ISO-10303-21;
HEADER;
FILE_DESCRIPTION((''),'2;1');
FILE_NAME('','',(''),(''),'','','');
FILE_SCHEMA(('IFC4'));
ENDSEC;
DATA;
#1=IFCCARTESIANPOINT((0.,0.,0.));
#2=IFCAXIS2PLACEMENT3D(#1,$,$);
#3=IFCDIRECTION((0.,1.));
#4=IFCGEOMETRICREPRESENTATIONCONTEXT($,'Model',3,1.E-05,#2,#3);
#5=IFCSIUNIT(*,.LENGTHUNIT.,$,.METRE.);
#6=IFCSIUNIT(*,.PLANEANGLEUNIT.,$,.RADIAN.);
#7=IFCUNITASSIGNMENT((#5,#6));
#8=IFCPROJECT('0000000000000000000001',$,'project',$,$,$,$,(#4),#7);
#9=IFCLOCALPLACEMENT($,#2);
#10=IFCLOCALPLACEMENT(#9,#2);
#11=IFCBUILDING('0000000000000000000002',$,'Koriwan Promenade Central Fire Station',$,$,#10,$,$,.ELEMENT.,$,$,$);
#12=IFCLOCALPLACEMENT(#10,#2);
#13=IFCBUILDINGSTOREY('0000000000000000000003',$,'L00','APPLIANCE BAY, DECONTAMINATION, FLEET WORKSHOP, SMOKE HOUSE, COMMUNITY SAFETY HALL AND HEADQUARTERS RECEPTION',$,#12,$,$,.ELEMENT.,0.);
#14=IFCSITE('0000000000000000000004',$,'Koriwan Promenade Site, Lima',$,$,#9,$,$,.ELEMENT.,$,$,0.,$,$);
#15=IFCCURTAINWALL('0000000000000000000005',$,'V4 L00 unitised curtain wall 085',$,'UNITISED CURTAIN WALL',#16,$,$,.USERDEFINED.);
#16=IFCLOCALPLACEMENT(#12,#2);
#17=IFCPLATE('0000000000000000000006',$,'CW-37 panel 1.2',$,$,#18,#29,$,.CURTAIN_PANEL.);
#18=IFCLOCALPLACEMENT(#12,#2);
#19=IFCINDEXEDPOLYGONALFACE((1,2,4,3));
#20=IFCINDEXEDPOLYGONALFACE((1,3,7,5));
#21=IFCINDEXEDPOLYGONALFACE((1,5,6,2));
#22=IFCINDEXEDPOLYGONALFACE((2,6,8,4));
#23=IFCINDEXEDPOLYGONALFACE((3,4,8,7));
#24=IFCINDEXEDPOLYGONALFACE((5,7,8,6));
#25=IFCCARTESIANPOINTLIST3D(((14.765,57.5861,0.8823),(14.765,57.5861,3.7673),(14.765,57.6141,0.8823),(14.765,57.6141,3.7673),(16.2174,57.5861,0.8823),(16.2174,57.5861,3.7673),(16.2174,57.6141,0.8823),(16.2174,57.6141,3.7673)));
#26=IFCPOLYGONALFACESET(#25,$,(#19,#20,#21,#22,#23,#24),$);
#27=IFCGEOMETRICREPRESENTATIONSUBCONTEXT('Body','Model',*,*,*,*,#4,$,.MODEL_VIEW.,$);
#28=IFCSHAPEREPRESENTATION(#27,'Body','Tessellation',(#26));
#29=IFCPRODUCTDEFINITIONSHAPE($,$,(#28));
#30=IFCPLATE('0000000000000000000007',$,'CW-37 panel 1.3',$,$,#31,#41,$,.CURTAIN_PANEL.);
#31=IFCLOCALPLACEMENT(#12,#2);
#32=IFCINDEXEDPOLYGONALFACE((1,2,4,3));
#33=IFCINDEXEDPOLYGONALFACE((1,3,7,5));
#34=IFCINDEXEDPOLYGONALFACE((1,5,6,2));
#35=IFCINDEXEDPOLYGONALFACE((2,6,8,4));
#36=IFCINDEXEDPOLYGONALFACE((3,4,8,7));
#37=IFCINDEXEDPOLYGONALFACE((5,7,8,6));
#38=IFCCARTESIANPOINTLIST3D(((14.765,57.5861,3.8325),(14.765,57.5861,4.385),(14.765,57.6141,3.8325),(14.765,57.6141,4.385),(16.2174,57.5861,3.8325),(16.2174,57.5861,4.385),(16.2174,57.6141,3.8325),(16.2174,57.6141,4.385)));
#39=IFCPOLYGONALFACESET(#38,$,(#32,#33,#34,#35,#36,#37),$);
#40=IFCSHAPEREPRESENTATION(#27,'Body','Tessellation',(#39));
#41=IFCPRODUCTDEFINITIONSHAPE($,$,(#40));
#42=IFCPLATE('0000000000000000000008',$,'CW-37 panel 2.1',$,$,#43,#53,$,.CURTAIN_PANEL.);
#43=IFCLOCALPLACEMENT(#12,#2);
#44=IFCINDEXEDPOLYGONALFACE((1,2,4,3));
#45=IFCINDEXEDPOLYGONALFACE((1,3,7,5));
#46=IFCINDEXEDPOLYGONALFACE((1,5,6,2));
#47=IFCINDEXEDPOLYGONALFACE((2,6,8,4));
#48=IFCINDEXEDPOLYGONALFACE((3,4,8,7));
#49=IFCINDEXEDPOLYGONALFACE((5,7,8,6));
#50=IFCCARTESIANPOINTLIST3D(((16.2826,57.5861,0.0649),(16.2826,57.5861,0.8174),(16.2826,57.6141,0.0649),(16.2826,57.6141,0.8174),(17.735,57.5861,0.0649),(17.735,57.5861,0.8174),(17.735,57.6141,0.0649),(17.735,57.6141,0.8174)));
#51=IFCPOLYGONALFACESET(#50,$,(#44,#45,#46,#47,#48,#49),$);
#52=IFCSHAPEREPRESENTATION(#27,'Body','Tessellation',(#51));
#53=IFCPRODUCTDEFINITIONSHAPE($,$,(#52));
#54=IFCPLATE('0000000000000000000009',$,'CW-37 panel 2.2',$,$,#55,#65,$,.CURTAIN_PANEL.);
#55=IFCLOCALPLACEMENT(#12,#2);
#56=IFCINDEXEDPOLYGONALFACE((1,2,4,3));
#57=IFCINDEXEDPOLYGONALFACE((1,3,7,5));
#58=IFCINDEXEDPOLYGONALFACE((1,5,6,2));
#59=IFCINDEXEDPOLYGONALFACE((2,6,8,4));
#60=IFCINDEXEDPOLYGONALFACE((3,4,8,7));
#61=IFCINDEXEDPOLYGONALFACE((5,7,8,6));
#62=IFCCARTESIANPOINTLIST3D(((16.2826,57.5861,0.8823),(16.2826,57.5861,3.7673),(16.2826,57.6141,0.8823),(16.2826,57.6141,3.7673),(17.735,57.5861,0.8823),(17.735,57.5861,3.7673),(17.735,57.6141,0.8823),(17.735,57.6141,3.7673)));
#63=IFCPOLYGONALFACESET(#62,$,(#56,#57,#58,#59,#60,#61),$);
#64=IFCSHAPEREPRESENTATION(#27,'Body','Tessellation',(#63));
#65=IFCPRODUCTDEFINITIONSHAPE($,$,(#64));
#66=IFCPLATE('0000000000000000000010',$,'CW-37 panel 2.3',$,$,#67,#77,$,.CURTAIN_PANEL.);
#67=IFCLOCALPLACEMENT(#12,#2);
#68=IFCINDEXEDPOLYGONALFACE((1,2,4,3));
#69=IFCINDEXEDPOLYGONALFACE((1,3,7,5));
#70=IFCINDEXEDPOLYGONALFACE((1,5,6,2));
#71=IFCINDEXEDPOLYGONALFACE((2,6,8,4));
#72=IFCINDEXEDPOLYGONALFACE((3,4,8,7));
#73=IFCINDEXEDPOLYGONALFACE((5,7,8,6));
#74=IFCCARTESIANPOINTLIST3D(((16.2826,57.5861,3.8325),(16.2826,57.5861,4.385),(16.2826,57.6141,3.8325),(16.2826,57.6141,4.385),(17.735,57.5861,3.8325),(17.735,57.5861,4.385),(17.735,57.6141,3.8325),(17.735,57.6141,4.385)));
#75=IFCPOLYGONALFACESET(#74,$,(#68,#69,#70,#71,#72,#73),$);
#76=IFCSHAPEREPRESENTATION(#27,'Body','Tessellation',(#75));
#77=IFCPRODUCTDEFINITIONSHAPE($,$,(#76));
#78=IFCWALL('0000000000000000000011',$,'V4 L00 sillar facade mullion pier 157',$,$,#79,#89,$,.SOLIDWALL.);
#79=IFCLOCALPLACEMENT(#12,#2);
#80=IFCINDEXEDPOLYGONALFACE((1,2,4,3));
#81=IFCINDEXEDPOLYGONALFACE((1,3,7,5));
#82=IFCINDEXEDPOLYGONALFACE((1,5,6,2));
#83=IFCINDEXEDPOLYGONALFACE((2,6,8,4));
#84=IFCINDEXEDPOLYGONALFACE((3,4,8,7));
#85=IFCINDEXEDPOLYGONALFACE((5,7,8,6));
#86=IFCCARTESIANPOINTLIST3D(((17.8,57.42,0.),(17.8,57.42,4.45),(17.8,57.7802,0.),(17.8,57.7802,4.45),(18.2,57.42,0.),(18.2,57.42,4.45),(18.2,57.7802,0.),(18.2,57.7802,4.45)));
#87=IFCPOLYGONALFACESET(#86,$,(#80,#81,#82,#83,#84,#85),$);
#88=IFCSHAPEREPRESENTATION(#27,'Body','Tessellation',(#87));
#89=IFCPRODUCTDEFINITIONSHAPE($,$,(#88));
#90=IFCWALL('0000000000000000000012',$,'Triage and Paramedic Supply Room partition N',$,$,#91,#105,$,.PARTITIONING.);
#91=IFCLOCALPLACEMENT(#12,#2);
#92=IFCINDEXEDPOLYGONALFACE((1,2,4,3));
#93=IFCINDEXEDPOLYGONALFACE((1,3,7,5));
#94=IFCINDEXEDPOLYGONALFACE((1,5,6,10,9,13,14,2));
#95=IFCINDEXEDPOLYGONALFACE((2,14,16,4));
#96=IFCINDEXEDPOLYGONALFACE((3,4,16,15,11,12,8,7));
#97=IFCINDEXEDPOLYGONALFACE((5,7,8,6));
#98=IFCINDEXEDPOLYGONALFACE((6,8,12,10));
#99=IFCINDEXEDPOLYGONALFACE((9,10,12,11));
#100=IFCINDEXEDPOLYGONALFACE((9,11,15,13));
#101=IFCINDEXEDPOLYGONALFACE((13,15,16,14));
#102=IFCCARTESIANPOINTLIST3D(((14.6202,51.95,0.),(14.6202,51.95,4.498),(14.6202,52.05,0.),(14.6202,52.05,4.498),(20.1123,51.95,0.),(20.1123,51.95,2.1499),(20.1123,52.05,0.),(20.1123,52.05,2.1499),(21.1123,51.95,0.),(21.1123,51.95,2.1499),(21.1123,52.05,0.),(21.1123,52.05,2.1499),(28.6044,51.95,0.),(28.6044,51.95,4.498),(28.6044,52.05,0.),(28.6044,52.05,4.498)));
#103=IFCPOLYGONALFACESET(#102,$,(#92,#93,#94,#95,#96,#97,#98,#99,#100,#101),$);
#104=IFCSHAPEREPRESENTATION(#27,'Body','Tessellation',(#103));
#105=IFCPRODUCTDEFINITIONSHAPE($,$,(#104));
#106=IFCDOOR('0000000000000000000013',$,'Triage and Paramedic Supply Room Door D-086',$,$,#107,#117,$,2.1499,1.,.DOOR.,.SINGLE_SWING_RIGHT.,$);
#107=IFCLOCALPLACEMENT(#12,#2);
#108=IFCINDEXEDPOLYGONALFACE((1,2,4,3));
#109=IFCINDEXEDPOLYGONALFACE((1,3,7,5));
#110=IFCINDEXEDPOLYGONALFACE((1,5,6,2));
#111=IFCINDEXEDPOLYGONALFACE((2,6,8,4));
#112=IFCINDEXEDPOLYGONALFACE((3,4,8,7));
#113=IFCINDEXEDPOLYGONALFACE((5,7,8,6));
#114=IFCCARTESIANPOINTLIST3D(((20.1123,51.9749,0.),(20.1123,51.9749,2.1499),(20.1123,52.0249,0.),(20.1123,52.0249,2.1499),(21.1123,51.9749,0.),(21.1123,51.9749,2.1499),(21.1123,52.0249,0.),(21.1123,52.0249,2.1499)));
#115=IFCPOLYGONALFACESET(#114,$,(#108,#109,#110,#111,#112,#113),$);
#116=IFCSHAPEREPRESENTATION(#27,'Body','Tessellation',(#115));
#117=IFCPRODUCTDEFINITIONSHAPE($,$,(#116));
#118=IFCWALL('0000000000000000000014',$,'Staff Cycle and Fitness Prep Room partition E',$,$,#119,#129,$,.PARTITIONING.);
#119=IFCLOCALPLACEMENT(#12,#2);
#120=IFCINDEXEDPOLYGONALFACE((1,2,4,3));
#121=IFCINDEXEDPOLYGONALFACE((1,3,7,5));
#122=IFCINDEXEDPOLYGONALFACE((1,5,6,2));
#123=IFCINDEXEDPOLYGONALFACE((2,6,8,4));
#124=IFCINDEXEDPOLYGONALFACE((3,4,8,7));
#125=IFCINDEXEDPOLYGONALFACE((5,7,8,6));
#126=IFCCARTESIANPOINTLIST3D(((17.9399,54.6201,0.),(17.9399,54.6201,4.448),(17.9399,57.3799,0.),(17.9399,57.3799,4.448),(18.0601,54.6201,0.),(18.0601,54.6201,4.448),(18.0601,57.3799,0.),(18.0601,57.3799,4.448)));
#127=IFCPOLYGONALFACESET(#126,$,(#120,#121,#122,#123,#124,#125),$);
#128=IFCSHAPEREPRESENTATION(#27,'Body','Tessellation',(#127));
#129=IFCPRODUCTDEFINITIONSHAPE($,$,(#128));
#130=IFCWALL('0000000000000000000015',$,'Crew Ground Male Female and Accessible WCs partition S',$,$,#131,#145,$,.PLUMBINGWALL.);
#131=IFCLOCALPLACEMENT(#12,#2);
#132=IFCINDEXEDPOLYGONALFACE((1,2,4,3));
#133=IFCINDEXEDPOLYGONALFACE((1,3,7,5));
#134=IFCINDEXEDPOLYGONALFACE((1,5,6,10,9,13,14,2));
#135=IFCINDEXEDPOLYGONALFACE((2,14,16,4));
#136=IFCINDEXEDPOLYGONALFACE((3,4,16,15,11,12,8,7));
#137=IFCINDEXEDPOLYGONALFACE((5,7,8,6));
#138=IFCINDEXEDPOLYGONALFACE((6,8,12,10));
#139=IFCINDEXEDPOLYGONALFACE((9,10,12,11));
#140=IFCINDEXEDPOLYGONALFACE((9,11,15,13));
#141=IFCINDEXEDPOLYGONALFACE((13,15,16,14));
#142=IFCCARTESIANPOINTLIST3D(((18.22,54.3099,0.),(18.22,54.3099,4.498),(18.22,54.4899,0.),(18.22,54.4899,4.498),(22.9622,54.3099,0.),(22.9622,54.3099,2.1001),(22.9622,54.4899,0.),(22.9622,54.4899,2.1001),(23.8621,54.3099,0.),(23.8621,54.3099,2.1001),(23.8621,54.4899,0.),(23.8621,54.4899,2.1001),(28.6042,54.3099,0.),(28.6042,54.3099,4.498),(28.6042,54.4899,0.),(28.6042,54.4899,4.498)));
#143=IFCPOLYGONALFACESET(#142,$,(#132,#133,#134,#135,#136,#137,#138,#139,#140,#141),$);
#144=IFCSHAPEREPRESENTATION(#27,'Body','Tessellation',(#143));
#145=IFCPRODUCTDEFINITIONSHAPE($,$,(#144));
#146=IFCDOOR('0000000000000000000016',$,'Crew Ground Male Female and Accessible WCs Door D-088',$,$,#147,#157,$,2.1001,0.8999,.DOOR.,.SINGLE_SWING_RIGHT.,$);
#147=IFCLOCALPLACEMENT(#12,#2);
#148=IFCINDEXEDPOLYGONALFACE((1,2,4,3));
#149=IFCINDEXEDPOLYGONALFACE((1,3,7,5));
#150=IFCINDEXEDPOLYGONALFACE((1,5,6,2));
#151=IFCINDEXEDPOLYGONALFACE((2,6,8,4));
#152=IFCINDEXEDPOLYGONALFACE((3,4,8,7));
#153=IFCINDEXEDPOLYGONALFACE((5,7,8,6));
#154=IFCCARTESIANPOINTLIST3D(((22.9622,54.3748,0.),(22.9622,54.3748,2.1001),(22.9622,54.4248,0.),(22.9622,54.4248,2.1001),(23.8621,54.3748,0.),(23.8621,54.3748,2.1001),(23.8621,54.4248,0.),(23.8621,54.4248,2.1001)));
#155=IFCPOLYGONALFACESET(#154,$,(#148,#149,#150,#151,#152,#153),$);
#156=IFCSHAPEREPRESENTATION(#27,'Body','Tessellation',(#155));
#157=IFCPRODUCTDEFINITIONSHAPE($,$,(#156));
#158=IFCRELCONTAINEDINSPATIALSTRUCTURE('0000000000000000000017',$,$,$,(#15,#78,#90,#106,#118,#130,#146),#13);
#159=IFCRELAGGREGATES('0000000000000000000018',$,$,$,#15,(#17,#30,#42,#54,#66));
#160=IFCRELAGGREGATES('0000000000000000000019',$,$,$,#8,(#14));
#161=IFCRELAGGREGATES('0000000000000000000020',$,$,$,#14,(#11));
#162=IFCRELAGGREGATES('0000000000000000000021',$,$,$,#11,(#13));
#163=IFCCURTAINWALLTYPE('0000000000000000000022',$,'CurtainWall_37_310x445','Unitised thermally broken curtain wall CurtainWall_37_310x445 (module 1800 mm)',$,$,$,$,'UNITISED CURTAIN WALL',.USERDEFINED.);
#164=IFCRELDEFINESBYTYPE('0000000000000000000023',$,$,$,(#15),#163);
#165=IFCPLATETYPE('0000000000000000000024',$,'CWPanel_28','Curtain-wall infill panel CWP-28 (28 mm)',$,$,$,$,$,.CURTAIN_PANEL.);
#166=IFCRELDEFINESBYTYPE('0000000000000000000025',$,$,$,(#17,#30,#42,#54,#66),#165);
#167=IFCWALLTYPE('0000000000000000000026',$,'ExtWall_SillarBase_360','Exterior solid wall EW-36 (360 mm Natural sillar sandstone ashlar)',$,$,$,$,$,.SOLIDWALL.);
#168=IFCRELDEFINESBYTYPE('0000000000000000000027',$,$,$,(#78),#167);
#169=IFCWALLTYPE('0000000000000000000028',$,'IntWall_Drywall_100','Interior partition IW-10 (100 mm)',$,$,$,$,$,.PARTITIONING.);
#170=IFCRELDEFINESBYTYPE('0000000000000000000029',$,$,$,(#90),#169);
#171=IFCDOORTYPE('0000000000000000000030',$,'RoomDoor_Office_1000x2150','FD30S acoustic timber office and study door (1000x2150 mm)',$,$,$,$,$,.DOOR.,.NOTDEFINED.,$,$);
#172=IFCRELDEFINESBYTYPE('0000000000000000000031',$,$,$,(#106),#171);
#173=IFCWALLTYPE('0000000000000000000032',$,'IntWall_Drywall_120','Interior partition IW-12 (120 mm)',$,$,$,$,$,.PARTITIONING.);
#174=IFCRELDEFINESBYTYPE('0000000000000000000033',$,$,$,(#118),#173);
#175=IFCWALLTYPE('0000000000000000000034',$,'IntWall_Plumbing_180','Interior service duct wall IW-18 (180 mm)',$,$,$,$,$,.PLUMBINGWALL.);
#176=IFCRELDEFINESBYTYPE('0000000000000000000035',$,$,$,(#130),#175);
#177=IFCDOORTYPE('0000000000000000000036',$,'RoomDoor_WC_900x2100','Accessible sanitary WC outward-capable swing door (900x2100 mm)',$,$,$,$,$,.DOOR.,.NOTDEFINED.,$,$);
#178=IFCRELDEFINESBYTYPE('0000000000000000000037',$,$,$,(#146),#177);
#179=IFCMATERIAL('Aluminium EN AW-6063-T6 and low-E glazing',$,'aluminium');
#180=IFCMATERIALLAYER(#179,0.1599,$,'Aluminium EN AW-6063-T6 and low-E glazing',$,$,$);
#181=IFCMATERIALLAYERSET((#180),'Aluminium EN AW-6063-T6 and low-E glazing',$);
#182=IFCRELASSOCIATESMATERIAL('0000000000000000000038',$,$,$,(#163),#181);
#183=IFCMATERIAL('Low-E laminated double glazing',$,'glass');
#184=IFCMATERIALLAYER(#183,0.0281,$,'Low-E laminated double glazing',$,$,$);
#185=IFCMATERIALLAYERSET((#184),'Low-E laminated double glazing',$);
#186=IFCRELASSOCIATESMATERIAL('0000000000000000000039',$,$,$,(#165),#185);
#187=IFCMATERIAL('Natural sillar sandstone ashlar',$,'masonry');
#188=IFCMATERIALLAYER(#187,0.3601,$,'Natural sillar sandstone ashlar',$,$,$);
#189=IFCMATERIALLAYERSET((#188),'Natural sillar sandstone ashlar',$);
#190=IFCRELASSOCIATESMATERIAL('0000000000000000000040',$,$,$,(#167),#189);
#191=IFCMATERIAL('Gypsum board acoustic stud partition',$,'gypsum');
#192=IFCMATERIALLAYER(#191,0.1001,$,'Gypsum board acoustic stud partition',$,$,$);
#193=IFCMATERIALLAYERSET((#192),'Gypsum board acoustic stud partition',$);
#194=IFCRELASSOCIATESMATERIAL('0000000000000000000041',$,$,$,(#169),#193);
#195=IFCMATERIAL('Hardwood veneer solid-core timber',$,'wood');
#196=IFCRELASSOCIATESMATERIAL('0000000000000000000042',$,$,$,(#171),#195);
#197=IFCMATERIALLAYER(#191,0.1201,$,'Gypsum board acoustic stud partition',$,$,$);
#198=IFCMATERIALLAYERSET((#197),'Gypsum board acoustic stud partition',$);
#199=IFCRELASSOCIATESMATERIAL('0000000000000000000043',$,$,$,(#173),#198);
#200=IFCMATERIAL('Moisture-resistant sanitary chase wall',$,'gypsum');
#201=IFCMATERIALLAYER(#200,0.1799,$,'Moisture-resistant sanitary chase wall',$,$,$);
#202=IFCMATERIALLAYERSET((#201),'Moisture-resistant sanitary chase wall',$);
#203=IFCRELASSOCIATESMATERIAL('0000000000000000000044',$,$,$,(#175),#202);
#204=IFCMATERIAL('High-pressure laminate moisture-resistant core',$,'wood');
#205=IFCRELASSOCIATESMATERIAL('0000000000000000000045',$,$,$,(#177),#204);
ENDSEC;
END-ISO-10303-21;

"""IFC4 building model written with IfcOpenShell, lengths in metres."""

from ifc_helpers import new_model, si_unit, direction, frame, frame_2d, origin, origin_2d, place, context, subcontext, project, spatial, rectangle, extrude, material, layer, layer_set, type_object, element, fill, aggregate, save


model = new_model("IFC4")

# Units and contexts
model_context = context("Model", 3, precision=1e-05, world=origin(), true_north=direction((0.0, 1.0)))
body_context = subcontext(model_context, "Body", "Model", "MODEL_VIEW")
ifc_project = project(units=[si_unit("LENGTHUNIT", "METRE"), si_unit("PLANEANGLEUNIT", "RADIAN")], contexts=[model_context])

# Site, building, storey
site_placement = place(None, origin())
site = spatial("IfcSite", under=ifc_project, at=site_placement, Name="Koriwan Promenade Site, Lima", CompositionType="ELEMENT", RefElevation=0.0)
building_placement = place(site_placement, origin())
building = spatial("IfcBuilding", under=site, at=building_placement, Name="Koriwan Promenade Central Fire Station", CompositionType="ELEMENT")
storey_placement = place(building_placement, origin())
storey = spatial("IfcBuildingStorey", under=building, at=storey_placement, Name="L00", Description="APPLIANCE BAY, DECONTAMINATION, FLEET WORKSHOP, SMOKE HOUSE, COMMUNITY SAFETY HALL AND HEADQUARTERS RECEPTION", CompositionType="ELEMENT", Elevation=0.0)

# Curtain wall
ifc_material_1 = material(Name="Aluminium EN AW-6063-T6 and low-E glazing", Category="aluminium")
ifc_layer_1 = layer(ifc_material_1, 0.1599, Name="Aluminium EN AW-6063-T6 and low-E glazing")
ifc_layer_set_1 = layer_set([ifc_layer_1], Name="Aluminium EN AW-6063-T6 and low-E glazing")
curtain_wall_type_1 = type_object("IfcCurtainWallType", Name="CurtainWall_37_310x445", Description="Unitised thermally broken curtain wall CurtainWall_37_310x445 (module 1800 mm)", ElementType="UNITISED CURTAIN WALL", PredefinedType="USERDEFINED", material=ifc_layer_set_1)
curtain_wall_1_placement = place(storey_placement, origin())
curtain_wall_1 = element("IfcCurtainWall", 1, at=curtain_wall_1_placement, inside=storey, type_object=curtain_wall_type_1, Name="V4 L00 unitised curtain wall 085", ObjectType="UNITISED CURTAIN WALL", PredefinedType="USERDEFINED")

# Plates
ifc_material_2 = material(Name="Low-E laminated double glazing", Category="glass")
ifc_layer_2 = layer(ifc_material_2, 0.0281, Name="Low-E laminated double glazing")
ifc_layer_set_2 = layer_set([ifc_layer_2], Name="Low-E laminated double glazing")
plate_type = type_object("IfcPlateType", Name="CWPanel_28", Description="Curtain-wall infill panel CWP-28 (28 mm)", PredefinedType="CURTAIN_PANEL", material=ifc_layer_set_2)
plate_1_placement = place(storey_placement, frame((15.4912, 57.6001, 0.8823), z_axis=(0.0, 0.0, 1.0), x_axis=(1.0, 0.0, 0.0)))
plate_1 = element("IfcPlate", 2, at=plate_1_placement, type_object=plate_type, Name="CW-37 panel 1.2", PredefinedType="CURTAIN_PANEL", context=body_context, shape_type="SweptSolid", body=[
    extrude(rectangle(XDim=1.4524, YDim=0.0281, at=origin_2d()), origin(), (0.0, 0.0, 1.0), 2.885),
])
plate_2_placement = place(storey_placement, frame((15.4912, 57.6001, 3.8325), z_axis=(0.0, 0.0, 1.0), x_axis=(1.0, 0.0, 0.0)))
plate_2 = element("IfcPlate", 3, at=plate_2_placement, type_object=plate_type, Name="CW-37 panel 1.3", PredefinedType="CURTAIN_PANEL", context=body_context, shape_type="SweptSolid", body=[
    extrude(rectangle(XDim=1.4524, YDim=0.0281, at=origin_2d()), origin(), (0.0, 0.0, 1.0), 0.5525),
])
plate_3_placement = place(storey_placement, frame((17.0088, 57.6001, 0.0649), z_axis=(0.0, 0.0, 1.0), x_axis=(1.0, 0.0, 0.0)))
plate_3 = element("IfcPlate", 4, at=plate_3_placement, type_object=plate_type, Name="CW-37 panel 2.1", PredefinedType="CURTAIN_PANEL", context=body_context, shape_type="SweptSolid", body=[
    extrude(rectangle(XDim=1.4524, YDim=0.0281, at=origin_2d()), origin(), (0.0, 0.0, 1.0), 0.7524),
])
plate_4_placement = place(storey_placement, frame((17.0088, 57.6001, 0.8823), z_axis=(0.0, 0.0, 1.0), x_axis=(1.0, 0.0, 0.0)))
plate_4 = element("IfcPlate", 5, at=plate_4_placement, type_object=plate_type, Name="CW-37 panel 2.2", PredefinedType="CURTAIN_PANEL", context=body_context, shape_type="SweptSolid", body=[
    extrude(rectangle(XDim=1.4524, YDim=0.0281, at=origin_2d()), origin(), (0.0, 0.0, 1.0), 2.885),
])
plate_5_placement = place(storey_placement, frame((17.0088, 57.6001, 3.8325), z_axis=(0.0, 0.0, 1.0), x_axis=(1.0, 0.0, 0.0)))
plate_5 = element("IfcPlate", 6, at=plate_5_placement, type_object=plate_type, Name="CW-37 panel 2.3", PredefinedType="CURTAIN_PANEL", context=body_context, shape_type="SweptSolid", body=[
    extrude(rectangle(XDim=1.4524, YDim=0.0281, at=origin_2d()), origin(), (0.0, 0.0, 1.0), 0.5525),
])
aggregate(curtain_wall_1, [plate_1, plate_2, plate_3, plate_4, plate_5])

# Wall
ifc_material_3 = material(Name="Natural sillar sandstone ashlar", Category="masonry")
ifc_layer_3 = layer(ifc_material_3, 0.3601, Name="Natural sillar sandstone ashlar")
ifc_layer_set_3 = layer_set([ifc_layer_3], Name="Natural sillar sandstone ashlar")
wall_type_1 = type_object("IfcWallType", Name="ExtWall_SillarBase_360", Description="Exterior solid wall EW-36 (360 mm Natural sillar sandstone ashlar)", PredefinedType="SOLIDWALL", material=ifc_layer_set_3)
wall_1_placement = place(storey_placement, frame((17.8, 57.6001, 0.0), z_axis=(0.0, 0.0, 1.0), x_axis=(1.0, 0.0, 0.0)))
element("IfcWall", 7, at=wall_1_placement, inside=storey, type_object=wall_type_1, Name="V4 L00 sillar facade mullion pier 157", PredefinedType="SOLIDWALL", context=body_context, shape_type="SweptSolid", body=[
    extrude(rectangle(XDim=0.3999, YDim=0.3601, at=frame_2d((0.2, 0.0))), origin(), (0.0, 0.0, 1.0), 4.45),
])

# Wall, opening, door
ifc_material_4 = material(Name="Gypsum board acoustic stud partition", Category="gypsum")
ifc_layer_4 = layer(ifc_material_4, 0.1001, Name="Gypsum board acoustic stud partition")
ifc_layer_set_4 = layer_set([ifc_layer_4], Name="Gypsum board acoustic stud partition")
wall_type_2 = type_object("IfcWallType", Name="IntWall_Drywall_100", Description="Interior partition IW-10 (100 mm)", PredefinedType="PARTITIONING", material=ifc_layer_set_4)
wall_2_placement = place(storey_placement, frame((14.6201, 52.0, 0.0), z_axis=(0.0, 0.0, 1.0), x_axis=(1.0, 0.0, 0.0)))
wall_2 = element("IfcWall", 8, at=wall_2_placement, inside=storey, type_object=wall_type_2, Name="Triage and Paramedic Supply Room partition N", PredefinedType="PARTITIONING", context=body_context, shape_type="SweptSolid", body=[
    extrude(rectangle(XDim=13.9841, YDim=0.1001, at=frame_2d((6.9922, 0.0))), origin(), (0.0, 0.0, 1.0), 4.498),
])
opening_1_placement = place(wall_2_placement, frame((5.4922, 0.0, 0.0)))
opening_1 = element("IfcOpeningElement", 9, at=opening_1_placement, cuts=wall_2, PredefinedType="OPENING", context=body_context, shape_type="SweptSolid", body=[
    extrude(rectangle(XDim=1.0, YDim=2.1499, at=frame_2d((0.5, 1.075))), frame((0.0, 0.062, 0.0), z_axis=(0.0, -1.0, 0.0), x_axis=(1.0, 0.0, 0.0)), (0.0, 0.0, 1.0), 0.124),
])
ifc_material_5 = material(Name="Hardwood veneer solid-core timber", Category="wood")
door_type_1 = type_object("IfcDoorType", Name="RoomDoor_Office_1000x2150", Description="FD30S acoustic timber office and study door (1000x2150 mm)", OperationType="NOTDEFINED", PredefinedType="DOOR", material=ifc_material_5)
door_1_placement = place(opening_1_placement, origin())
door_1 = element("IfcDoor", 10, at=door_1_placement, inside=storey, type_object=door_type_1, Name="Triage and Paramedic Supply Room Door D-086", OperationType="SINGLE_SWING_RIGHT", OverallHeight=2.1499, OverallWidth=1.0, PredefinedType="DOOR", context=body_context, shape_type="SweptSolid", body=[
    extrude(rectangle(XDim=1.0, YDim=2.1499, at=frame_2d((0.5, 1.075))), frame((0.0, 0.0249, 0.0), z_axis=(0.0, -1.0, 0.0), x_axis=(1.0, 0.0, 0.0)), (0.0, 0.0, 1.0), 0.05),
])
fill(opening_1, door_1)

# Wall
ifc_layer_5 = layer(ifc_material_4, 0.1201, Name="Gypsum board acoustic stud partition")
ifc_layer_set_5 = layer_set([ifc_layer_5], Name="Gypsum board acoustic stud partition")
wall_type_3 = type_object("IfcWallType", Name="IntWall_Drywall_120", Description="Interior partition IW-12 (120 mm)", PredefinedType="PARTITIONING", material=ifc_layer_set_5)
wall_3_placement = place(storey_placement, frame((18.0, 54.6201, 0.0), z_axis=(0.0, 0.0, 1.0), x_axis=(0.0, 1.0, 0.0)))
element("IfcWall", 11, at=wall_3_placement, inside=storey, type_object=wall_type_3, Name="Staff Cycle and Fitness Prep Room partition E", PredefinedType="PARTITIONING", context=body_context, shape_type="SweptSolid", body=[
    extrude(rectangle(XDim=2.7598, YDim=0.1201, at=frame_2d((1.3799, 0.0))), origin(), (0.0, 0.0, 1.0), 4.448),
])

# Wall, opening, door
ifc_material_6 = material(Name="Moisture-resistant sanitary chase wall", Category="gypsum")
ifc_layer_6 = layer(ifc_material_6, 0.1799, Name="Moisture-resistant sanitary chase wall")
ifc_layer_set_6 = layer_set([ifc_layer_6], Name="Moisture-resistant sanitary chase wall")
wall_type_4 = type_object("IfcWallType", Name="IntWall_Plumbing_180", Description="Interior service duct wall IW-18 (180 mm)", PredefinedType="PLUMBINGWALL", material=ifc_layer_set_6)
wall_4_placement = place(storey_placement, frame((18.22, 54.3999, 0.0), z_axis=(0.0, 0.0, 1.0), x_axis=(1.0, 0.0, 0.0)))
wall_4 = element("IfcWall", 12, at=wall_4_placement, inside=storey, type_object=wall_type_4, Name="Crew Ground Male Female and Accessible WCs partition S", PredefinedType="PLUMBINGWALL", context=body_context, shape_type="SweptSolid", body=[
    extrude(rectangle(XDim=10.3843, YDim=0.1799, at=frame_2d((5.1921, 0.0))), origin(), (0.0, 0.0, 1.0), 4.498),
])
opening_2_placement = place(wall_4_placement, frame((4.7422, 0.0, 0.0)))
opening_2 = element("IfcOpeningElement", 13, at=opening_2_placement, cuts=wall_4, PredefinedType="OPENING", context=body_context, shape_type="SweptSolid", body=[
    extrude(rectangle(XDim=0.8999, YDim=2.1001, at=frame_2d((0.45, 1.05))), frame((0.0, 0.1021, 0.0), z_axis=(0.0, -1.0, 0.0), x_axis=(1.0, 0.0, 0.0)), (0.0, 0.0, 1.0), 0.2039),
])
ifc_material_7 = material(Name="High-pressure laminate moisture-resistant core", Category="wood")
door_type_2 = type_object("IfcDoorType", Name="RoomDoor_WC_900x2100", Description="Accessible sanitary WC outward-capable swing door (900x2100 mm)", OperationType="NOTDEFINED", PredefinedType="DOOR", material=ifc_material_7)
door_2_placement = place(opening_2_placement, origin())
door_2 = element("IfcDoor", 14, at=door_2_placement, inside=storey, type_object=door_type_2, Name="Crew Ground Male Female and Accessible WCs Door D-088", OperationType="SINGLE_SWING_RIGHT", OverallHeight=2.1001, OverallWidth=0.8999, PredefinedType="DOOR", context=body_context, shape_type="SweptSolid", body=[
    extrude(rectangle(XDim=0.8999, YDim=2.1001, at=frame_2d((0.45, 1.05))), frame((0.0, 0.0249, 0.0), z_axis=(0.0, -1.0, 0.0), x_axis=(1.0, 0.0, 0.0)), (0.0, 0.0, 1.0), 0.05),
])
fill(opening_2, door_2)

save(model, "model.ifc")
